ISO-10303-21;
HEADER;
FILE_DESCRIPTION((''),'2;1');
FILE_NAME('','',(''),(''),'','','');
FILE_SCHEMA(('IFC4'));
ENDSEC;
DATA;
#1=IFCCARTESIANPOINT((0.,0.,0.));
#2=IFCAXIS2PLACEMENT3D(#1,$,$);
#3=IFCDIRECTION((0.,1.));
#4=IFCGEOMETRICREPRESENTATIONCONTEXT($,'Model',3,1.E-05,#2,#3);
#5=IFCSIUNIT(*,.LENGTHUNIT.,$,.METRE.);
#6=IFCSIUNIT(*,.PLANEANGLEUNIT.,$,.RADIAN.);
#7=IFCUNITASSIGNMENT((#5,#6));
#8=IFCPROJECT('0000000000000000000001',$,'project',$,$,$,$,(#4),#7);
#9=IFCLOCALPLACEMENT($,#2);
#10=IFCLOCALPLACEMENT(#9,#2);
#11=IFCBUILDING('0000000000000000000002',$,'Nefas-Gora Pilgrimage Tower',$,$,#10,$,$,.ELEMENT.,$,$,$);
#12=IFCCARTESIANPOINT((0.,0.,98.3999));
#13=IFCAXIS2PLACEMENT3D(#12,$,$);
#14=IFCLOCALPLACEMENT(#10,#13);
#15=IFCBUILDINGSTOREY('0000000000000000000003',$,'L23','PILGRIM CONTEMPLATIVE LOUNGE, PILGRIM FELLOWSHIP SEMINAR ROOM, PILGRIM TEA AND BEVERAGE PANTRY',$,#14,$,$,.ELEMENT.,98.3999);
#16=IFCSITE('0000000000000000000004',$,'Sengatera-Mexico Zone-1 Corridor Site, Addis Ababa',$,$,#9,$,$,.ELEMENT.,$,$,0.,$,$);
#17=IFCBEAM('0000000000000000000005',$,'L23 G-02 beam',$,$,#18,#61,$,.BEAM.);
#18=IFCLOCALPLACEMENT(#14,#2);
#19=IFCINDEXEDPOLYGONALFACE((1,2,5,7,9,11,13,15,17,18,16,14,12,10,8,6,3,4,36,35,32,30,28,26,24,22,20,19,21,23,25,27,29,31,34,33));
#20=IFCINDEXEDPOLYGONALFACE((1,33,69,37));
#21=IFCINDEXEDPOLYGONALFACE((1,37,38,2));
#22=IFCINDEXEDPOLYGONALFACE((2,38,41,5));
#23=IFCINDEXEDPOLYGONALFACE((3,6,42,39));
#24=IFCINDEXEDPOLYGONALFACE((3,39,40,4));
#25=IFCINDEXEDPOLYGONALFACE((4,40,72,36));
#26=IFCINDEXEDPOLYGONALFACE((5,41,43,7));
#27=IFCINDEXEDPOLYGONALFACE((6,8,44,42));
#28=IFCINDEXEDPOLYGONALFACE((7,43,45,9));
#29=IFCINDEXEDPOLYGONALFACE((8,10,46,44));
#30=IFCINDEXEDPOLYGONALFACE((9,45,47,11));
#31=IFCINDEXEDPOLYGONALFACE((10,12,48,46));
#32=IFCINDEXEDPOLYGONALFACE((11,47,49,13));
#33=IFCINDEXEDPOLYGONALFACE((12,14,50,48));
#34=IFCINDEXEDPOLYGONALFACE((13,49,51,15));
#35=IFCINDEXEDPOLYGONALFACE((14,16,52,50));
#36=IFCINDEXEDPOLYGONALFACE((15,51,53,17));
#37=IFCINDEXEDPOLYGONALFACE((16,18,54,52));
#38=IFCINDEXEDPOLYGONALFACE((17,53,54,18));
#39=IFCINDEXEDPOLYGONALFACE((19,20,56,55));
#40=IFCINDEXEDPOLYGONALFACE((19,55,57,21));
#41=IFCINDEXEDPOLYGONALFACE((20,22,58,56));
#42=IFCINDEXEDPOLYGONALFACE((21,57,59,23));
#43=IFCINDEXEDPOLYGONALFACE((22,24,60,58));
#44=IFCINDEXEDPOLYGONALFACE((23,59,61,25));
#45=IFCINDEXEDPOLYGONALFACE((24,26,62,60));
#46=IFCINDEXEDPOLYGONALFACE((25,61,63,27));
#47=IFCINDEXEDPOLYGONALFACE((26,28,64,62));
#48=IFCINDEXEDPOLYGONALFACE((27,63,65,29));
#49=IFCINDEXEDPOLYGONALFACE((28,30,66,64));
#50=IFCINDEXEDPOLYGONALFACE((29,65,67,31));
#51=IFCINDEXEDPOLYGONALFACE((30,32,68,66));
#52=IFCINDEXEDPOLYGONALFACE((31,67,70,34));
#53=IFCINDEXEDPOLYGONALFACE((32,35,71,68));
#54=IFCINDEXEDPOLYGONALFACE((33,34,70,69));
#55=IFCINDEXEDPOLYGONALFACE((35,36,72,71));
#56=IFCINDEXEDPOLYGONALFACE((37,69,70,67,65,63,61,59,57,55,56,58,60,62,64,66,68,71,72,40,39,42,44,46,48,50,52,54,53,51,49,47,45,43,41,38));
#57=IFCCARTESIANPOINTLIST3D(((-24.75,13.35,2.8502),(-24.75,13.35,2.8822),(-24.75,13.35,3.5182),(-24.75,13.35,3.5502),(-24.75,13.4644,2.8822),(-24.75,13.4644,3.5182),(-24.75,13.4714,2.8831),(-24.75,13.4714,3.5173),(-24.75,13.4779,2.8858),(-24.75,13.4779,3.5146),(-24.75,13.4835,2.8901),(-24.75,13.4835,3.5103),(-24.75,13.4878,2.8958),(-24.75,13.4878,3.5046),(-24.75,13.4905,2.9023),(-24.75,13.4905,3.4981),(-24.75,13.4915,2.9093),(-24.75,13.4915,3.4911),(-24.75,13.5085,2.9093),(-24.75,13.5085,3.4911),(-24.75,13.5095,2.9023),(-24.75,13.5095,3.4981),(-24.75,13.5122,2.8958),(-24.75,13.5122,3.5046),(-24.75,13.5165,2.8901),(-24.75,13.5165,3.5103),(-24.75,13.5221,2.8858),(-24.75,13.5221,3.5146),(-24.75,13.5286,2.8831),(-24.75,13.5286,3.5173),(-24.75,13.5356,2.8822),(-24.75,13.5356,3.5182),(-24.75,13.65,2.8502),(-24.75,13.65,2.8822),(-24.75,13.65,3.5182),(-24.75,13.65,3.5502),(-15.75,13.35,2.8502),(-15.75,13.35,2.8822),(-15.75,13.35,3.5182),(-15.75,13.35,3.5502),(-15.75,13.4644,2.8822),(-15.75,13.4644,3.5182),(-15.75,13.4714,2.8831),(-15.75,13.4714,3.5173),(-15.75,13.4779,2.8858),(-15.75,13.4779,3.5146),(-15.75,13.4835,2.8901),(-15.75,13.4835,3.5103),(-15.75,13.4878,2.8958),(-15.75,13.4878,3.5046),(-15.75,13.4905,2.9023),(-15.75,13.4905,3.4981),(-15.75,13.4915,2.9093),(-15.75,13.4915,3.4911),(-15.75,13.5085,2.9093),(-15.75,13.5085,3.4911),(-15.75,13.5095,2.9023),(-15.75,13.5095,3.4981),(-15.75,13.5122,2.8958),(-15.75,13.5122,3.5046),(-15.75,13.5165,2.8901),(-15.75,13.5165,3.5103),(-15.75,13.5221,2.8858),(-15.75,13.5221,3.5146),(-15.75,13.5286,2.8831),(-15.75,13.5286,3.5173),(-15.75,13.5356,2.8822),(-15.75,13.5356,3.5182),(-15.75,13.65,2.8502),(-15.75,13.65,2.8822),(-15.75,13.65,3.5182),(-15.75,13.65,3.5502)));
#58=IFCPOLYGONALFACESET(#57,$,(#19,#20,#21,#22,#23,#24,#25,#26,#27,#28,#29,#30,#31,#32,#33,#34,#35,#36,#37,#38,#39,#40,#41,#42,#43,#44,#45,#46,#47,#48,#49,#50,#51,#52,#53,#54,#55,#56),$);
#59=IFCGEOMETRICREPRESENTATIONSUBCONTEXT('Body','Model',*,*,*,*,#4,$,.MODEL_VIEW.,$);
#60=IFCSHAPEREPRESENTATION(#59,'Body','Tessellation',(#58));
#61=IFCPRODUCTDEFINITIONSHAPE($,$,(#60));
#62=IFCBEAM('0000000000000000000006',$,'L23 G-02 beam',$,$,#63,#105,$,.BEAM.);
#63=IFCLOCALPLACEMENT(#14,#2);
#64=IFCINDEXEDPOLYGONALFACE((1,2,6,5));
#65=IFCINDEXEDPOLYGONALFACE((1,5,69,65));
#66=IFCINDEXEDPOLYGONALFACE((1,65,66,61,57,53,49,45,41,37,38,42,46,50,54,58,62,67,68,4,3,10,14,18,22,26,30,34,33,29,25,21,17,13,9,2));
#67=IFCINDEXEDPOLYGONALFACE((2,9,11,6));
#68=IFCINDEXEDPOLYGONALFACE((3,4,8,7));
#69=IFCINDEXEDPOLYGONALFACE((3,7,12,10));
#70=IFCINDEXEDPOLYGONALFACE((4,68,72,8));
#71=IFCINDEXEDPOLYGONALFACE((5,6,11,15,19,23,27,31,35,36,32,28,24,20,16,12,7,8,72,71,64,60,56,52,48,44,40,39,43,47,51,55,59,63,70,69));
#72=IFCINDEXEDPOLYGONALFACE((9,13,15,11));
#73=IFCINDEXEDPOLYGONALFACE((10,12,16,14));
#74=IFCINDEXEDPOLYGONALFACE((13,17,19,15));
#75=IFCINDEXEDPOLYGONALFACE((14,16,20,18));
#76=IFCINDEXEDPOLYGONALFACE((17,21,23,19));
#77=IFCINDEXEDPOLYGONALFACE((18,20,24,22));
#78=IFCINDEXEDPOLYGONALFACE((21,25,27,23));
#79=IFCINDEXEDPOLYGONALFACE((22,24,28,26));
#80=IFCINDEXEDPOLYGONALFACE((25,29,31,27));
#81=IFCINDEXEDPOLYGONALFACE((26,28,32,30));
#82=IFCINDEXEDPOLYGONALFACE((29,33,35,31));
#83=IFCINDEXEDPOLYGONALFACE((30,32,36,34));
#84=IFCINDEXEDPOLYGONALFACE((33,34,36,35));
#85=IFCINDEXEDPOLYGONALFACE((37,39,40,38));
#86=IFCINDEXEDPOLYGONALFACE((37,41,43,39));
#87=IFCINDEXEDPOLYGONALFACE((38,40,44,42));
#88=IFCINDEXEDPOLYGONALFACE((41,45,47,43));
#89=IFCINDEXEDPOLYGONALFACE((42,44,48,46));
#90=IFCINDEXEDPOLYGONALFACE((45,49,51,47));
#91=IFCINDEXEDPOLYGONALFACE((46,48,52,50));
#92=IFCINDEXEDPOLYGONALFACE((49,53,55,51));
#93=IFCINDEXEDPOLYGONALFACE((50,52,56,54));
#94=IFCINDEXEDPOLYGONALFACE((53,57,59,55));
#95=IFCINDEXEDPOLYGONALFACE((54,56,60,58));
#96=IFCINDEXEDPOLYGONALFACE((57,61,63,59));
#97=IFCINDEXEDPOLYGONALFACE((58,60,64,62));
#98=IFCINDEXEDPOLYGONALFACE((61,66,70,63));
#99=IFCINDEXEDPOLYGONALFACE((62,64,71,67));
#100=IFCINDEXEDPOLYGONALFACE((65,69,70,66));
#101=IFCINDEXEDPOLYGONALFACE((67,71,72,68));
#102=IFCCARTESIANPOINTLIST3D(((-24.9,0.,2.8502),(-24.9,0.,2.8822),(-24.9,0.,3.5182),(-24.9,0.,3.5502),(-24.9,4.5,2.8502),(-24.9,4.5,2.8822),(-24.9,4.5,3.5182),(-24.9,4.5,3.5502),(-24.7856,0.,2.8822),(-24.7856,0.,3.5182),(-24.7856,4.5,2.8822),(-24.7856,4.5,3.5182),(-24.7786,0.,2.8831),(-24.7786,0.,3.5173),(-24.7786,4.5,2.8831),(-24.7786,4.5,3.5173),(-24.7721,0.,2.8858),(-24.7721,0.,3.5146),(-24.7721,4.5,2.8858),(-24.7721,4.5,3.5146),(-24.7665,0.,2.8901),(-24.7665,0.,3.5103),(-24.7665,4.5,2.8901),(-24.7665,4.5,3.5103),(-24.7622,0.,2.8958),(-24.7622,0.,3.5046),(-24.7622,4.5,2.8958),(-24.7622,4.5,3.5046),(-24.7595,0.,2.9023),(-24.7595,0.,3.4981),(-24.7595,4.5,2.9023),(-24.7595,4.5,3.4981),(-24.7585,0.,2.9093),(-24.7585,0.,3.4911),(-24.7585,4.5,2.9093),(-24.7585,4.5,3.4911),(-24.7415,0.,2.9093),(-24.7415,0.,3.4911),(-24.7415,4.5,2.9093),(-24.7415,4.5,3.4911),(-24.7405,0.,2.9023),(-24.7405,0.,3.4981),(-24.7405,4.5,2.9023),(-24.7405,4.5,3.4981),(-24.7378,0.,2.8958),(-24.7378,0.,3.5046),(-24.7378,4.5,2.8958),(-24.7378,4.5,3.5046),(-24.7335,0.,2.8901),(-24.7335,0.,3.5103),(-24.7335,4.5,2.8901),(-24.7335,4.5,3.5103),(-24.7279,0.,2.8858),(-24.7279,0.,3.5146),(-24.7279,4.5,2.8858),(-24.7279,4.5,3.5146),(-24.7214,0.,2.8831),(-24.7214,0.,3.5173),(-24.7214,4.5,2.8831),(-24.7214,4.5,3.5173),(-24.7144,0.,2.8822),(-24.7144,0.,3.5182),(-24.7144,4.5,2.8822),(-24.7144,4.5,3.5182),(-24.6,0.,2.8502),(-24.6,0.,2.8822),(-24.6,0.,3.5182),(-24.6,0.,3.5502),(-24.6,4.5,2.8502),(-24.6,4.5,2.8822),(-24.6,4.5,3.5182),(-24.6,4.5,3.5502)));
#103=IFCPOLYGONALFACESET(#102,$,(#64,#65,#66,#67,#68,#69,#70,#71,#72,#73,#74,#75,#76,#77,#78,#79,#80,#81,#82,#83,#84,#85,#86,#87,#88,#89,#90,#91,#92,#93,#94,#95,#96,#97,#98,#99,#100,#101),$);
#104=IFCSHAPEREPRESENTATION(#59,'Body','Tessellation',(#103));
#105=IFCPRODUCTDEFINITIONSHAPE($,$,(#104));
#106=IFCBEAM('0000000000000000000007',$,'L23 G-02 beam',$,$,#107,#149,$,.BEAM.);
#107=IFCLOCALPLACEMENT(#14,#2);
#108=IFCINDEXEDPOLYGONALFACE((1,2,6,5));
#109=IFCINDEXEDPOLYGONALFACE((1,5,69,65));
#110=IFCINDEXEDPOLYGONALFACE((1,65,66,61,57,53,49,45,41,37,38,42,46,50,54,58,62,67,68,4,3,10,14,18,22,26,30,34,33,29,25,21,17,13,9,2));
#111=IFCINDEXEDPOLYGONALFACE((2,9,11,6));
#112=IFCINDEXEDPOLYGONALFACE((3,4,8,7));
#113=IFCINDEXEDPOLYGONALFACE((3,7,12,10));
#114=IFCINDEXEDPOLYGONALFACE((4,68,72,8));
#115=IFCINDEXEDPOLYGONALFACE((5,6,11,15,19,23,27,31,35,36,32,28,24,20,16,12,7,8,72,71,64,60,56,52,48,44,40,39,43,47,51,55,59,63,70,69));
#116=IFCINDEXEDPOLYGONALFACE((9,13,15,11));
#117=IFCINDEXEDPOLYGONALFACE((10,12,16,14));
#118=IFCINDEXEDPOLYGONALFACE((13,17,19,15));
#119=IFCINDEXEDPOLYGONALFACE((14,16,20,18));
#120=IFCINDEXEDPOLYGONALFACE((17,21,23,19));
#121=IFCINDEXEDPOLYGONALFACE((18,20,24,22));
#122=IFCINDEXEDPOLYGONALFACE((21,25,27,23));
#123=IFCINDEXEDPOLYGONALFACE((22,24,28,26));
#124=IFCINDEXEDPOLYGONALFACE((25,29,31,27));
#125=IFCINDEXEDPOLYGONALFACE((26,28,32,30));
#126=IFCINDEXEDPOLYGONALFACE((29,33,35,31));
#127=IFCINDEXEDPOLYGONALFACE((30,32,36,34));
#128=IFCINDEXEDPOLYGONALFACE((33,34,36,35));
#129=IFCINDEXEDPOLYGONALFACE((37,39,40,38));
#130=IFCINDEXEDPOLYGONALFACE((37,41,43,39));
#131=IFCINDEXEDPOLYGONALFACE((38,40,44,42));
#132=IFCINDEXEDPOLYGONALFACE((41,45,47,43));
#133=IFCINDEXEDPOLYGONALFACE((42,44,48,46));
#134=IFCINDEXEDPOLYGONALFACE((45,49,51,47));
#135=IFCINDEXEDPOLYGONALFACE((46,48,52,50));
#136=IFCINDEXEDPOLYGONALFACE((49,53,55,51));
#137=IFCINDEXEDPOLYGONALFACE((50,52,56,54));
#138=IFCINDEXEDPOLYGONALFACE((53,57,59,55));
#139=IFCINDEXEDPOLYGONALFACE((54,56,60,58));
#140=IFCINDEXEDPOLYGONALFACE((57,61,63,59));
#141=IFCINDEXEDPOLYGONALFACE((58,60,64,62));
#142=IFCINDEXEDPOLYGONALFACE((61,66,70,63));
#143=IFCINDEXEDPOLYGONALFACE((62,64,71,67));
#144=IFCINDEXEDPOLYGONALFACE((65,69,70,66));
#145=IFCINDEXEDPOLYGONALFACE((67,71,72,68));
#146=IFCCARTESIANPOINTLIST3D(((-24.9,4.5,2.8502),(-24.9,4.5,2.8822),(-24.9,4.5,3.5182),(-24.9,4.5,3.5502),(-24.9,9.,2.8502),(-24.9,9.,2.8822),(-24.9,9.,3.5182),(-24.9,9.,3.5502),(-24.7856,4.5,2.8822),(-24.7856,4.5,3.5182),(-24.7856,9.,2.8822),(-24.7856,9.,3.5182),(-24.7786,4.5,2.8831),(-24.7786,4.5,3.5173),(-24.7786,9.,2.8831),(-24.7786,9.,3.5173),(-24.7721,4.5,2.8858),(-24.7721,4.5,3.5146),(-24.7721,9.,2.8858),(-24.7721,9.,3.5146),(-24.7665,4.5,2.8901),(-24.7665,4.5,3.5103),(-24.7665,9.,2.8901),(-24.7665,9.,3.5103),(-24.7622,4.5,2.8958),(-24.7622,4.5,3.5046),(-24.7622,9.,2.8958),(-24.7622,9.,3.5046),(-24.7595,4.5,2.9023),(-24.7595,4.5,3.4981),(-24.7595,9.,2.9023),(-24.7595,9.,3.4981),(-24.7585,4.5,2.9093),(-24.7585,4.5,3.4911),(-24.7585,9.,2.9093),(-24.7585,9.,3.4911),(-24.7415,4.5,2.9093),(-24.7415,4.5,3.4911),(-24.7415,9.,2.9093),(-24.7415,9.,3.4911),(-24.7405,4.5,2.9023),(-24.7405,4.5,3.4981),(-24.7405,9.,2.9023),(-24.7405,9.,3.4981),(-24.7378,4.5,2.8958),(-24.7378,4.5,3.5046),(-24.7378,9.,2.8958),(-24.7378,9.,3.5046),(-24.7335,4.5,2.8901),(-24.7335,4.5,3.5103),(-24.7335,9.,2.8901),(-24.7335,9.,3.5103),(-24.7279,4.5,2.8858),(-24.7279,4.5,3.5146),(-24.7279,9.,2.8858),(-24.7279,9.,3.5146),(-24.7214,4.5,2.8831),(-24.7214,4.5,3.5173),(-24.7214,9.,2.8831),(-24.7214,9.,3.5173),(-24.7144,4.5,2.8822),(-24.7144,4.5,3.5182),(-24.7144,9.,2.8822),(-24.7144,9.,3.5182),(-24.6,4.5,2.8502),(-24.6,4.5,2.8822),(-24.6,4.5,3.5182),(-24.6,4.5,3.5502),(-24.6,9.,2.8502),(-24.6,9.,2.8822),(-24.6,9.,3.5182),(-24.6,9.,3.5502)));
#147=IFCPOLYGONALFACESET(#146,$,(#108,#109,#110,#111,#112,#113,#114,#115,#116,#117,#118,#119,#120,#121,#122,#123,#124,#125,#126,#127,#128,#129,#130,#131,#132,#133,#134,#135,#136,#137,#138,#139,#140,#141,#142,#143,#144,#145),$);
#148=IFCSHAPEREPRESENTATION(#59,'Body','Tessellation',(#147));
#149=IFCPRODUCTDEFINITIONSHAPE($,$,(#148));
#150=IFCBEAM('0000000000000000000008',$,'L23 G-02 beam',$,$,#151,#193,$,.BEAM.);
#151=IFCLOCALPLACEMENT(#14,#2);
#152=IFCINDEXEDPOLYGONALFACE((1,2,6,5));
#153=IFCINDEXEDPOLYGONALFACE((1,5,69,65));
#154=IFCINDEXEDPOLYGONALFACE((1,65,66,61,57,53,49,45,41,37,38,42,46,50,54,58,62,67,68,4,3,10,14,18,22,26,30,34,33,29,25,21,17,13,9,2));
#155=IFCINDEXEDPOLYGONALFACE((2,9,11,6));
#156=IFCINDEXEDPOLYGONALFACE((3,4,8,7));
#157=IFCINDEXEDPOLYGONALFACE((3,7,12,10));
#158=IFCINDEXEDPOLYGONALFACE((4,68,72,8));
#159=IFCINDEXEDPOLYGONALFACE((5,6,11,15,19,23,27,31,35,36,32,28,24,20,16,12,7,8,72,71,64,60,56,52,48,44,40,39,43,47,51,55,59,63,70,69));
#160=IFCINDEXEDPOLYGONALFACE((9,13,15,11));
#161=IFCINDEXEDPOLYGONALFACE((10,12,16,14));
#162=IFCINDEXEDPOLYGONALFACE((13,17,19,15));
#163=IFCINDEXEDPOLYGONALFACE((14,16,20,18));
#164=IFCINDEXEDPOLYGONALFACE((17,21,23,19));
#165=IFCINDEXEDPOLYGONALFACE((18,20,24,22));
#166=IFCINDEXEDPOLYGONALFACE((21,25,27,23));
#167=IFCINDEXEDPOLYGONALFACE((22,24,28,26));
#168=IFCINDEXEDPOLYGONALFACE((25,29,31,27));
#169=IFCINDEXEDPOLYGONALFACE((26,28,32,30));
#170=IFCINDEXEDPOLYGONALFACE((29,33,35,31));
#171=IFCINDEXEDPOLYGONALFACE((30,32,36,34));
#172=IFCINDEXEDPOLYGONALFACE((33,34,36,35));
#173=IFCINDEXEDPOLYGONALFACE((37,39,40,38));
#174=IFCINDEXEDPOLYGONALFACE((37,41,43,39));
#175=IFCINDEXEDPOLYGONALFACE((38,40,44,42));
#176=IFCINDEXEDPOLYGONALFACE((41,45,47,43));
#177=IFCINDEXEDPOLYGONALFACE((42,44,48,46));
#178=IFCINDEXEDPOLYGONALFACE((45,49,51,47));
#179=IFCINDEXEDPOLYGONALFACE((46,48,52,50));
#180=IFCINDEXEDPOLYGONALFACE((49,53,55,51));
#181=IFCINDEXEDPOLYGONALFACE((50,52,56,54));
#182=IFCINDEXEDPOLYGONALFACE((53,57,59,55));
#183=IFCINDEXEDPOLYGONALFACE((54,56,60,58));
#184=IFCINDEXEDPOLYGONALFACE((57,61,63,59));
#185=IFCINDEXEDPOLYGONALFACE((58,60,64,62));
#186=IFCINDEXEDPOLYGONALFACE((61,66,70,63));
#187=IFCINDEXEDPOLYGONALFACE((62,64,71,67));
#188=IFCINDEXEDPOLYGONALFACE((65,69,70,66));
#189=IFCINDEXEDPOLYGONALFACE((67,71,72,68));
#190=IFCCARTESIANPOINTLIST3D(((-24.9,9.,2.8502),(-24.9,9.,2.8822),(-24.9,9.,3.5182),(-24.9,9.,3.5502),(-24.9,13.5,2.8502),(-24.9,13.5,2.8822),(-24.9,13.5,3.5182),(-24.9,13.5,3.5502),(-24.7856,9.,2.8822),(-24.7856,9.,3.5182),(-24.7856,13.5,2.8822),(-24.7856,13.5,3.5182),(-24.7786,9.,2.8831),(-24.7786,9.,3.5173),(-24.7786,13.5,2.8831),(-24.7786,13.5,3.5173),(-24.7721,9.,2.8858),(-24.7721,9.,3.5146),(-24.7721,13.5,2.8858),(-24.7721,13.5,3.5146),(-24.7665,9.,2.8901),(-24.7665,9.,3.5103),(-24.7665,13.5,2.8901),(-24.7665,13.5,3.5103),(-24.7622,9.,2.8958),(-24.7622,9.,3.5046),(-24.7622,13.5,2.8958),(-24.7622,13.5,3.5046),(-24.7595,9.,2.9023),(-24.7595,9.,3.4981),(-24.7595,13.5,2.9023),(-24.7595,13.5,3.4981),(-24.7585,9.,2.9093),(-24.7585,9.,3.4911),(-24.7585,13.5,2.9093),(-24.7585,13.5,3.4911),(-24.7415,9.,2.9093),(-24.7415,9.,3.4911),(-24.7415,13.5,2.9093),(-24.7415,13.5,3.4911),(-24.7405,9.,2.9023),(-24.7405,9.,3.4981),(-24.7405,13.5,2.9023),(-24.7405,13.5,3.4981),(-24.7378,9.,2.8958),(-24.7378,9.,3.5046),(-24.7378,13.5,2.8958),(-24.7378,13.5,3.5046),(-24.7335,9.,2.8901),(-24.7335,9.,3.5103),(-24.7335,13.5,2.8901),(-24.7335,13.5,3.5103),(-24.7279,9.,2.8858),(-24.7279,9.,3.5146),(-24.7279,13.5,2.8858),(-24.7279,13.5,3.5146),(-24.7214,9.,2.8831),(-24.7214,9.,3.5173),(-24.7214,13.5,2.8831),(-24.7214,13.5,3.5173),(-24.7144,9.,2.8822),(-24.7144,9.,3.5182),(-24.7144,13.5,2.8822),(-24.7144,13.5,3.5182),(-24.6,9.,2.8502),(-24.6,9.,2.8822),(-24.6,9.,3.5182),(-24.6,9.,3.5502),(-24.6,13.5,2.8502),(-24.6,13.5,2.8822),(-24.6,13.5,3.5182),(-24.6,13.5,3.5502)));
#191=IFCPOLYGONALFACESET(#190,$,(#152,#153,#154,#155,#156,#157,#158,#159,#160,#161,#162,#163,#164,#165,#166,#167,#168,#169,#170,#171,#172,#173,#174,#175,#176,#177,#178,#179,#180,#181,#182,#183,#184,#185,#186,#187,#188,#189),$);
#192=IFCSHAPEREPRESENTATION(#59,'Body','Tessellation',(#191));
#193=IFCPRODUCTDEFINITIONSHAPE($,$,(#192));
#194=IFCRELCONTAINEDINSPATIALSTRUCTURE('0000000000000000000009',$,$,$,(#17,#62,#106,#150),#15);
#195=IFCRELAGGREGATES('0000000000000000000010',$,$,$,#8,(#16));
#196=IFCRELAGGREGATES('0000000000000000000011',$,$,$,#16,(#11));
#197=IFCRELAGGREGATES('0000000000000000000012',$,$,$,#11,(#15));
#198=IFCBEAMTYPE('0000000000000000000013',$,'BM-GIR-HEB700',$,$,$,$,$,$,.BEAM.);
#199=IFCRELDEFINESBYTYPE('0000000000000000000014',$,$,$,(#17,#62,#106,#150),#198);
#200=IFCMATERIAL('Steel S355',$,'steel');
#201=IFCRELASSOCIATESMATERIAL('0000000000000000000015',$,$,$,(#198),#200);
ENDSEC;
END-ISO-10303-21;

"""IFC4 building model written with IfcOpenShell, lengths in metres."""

from ifc_helpers import new_model, si_unit, direction, frame, origin, origin_2d, place, context, subcontext, project, spatial, i_section, extrude, source, transform, mapped, material, material_profile, profile_set, type_object, element, save


model = new_model("IFC4")

# Units and contexts
model_context = context("Model", 3, precision=1e-05, world=origin(), true_north=direction((0.0, 1.0)))
body_context = subcontext(model_context, "Body", "Model", "MODEL_VIEW")
ifc_project = project(units=[si_unit("LENGTHUNIT", "METRE"), si_unit("PLANEANGLEUNIT", "RADIAN")], contexts=[model_context])

# Site, building, storey
site_placement = place(None, origin())
site = spatial("IfcSite", under=ifc_project, at=site_placement, Name="Sengatera-Mexico Zone-1 Corridor Site, Addis Ababa", CompositionType="ELEMENT", RefElevation=0.0)
building_placement = place(site_placement, origin())
building = spatial("IfcBuilding", under=site, at=building_placement, Name="Nefas-Gora Pilgrimage Tower", CompositionType="ELEMENT")
storey_placement = place(building_placement, frame((0.0, 0.0, 98.3999)))
storey = spatial("IfcBuildingStorey", under=building, at=storey_placement, Name="L23", Description="PILGRIM CONTEMPLATIVE LOUNGE, PILGRIM FELLOWSHIP SEMINAR ROOM, PILGRIM TEA AND BEVERAGE PANTRY", CompositionType="ELEMENT", Elevation=98.3999)

# Beams
ifc_material_1 = material(Name="Steel S355", Category="steel")
ifc_material_profile_1 = material_profile(ifc_material_1, i_section(OverallWidth=0.3, OverallDepth=0.7, WebThickness=0.0171, FlangeThickness=0.032, FilletRadius=0.0271, at=origin_2d()), Name="HEB 700")
ifc_profile_set_1 = profile_set([ifc_material_profile_1], Name="Steel S355")
beam_type_1 = type_object("IfcBeamType", Name="BM-GIR-HEB700", PredefinedType="BEAM", material=ifc_profile_set_1)
shared_shape_1 = source(origin(), body_context, "Body", "SweptSolid", [
    extrude(i_section(OverallWidth=0.3, OverallDepth=0.7, WebThickness=0.0171, FlangeThickness=0.032, FilletRadius=0.0271, at=origin_2d()), origin(), (0.0, 0.0, 1.0), 9.0),
])
for number, where, z_axis, x_axis, name in (
    (1, (-24.75, 13.5, 3.2002), (1.0, 0.0, 0.0), (0.0, 1.0, 0.0), "L23 G-02 beam"),
):
    element("IfcBeam", number, at=place(storey_placement, frame(where, z_axis=z_axis, x_axis=x_axis)), inside=storey, type_object=beam_type_1, Name=name, PredefinedType="BEAM", context=body_context, shape_type="MappedRepresentation", body=[
        mapped(shared_shape_1, transform((0.0, 0.0, 0.0), x_axis=(1.0, 0.0, 0.0), y_axis=(0.0, 1.0, 0.0), z_axis=(0.0, 0.0, 1.0), scale=1.0)),
    ])
shared_shape_2 = source(origin(), body_context, "Body", "SweptSolid", [
    extrude(i_section(OverallWidth=0.3, OverallDepth=0.7, WebThickness=0.0171, FlangeThickness=0.032, FilletRadius=0.0271, at=origin_2d()), origin(), (0.0, 0.0, 1.0), 4.5),
])
for number, where, z_axis, x_axis, name in (
    (2, (-24.75, 0.0, 3.2002), (0.0, 1.0, 0.0), (-1.0, 0.0, 0.0), "L23 G-02 beam"),
    (3, (-24.75, 4.5, 3.2002), (0.0, 1.0, 0.0), (-1.0, 0.0, 0.0), "L23 G-02 beam"),
    (4, (-24.75, 9.0, 3.2002), (0.0, 1.0, 0.0), (-1.0, 0.0, 0.0), "L23 G-02 beam"),
):
    element("IfcBeam", number, at=place(storey_placement, frame(where, z_axis=z_axis, x_axis=x_axis)), inside=storey, type_object=beam_type_1, Name=name, PredefinedType="BEAM", context=body_context, shape_type="MappedRepresentation", body=[
        mapped(shared_shape_2, transform((0.0, 0.0, 0.0), x_axis=(1.0, 0.0, 0.0), y_axis=(0.0, 1.0, 0.0), z_axis=(0.0, 0.0, 1.0), scale=1.0)),
    ])

save(model, "model.ifc")
